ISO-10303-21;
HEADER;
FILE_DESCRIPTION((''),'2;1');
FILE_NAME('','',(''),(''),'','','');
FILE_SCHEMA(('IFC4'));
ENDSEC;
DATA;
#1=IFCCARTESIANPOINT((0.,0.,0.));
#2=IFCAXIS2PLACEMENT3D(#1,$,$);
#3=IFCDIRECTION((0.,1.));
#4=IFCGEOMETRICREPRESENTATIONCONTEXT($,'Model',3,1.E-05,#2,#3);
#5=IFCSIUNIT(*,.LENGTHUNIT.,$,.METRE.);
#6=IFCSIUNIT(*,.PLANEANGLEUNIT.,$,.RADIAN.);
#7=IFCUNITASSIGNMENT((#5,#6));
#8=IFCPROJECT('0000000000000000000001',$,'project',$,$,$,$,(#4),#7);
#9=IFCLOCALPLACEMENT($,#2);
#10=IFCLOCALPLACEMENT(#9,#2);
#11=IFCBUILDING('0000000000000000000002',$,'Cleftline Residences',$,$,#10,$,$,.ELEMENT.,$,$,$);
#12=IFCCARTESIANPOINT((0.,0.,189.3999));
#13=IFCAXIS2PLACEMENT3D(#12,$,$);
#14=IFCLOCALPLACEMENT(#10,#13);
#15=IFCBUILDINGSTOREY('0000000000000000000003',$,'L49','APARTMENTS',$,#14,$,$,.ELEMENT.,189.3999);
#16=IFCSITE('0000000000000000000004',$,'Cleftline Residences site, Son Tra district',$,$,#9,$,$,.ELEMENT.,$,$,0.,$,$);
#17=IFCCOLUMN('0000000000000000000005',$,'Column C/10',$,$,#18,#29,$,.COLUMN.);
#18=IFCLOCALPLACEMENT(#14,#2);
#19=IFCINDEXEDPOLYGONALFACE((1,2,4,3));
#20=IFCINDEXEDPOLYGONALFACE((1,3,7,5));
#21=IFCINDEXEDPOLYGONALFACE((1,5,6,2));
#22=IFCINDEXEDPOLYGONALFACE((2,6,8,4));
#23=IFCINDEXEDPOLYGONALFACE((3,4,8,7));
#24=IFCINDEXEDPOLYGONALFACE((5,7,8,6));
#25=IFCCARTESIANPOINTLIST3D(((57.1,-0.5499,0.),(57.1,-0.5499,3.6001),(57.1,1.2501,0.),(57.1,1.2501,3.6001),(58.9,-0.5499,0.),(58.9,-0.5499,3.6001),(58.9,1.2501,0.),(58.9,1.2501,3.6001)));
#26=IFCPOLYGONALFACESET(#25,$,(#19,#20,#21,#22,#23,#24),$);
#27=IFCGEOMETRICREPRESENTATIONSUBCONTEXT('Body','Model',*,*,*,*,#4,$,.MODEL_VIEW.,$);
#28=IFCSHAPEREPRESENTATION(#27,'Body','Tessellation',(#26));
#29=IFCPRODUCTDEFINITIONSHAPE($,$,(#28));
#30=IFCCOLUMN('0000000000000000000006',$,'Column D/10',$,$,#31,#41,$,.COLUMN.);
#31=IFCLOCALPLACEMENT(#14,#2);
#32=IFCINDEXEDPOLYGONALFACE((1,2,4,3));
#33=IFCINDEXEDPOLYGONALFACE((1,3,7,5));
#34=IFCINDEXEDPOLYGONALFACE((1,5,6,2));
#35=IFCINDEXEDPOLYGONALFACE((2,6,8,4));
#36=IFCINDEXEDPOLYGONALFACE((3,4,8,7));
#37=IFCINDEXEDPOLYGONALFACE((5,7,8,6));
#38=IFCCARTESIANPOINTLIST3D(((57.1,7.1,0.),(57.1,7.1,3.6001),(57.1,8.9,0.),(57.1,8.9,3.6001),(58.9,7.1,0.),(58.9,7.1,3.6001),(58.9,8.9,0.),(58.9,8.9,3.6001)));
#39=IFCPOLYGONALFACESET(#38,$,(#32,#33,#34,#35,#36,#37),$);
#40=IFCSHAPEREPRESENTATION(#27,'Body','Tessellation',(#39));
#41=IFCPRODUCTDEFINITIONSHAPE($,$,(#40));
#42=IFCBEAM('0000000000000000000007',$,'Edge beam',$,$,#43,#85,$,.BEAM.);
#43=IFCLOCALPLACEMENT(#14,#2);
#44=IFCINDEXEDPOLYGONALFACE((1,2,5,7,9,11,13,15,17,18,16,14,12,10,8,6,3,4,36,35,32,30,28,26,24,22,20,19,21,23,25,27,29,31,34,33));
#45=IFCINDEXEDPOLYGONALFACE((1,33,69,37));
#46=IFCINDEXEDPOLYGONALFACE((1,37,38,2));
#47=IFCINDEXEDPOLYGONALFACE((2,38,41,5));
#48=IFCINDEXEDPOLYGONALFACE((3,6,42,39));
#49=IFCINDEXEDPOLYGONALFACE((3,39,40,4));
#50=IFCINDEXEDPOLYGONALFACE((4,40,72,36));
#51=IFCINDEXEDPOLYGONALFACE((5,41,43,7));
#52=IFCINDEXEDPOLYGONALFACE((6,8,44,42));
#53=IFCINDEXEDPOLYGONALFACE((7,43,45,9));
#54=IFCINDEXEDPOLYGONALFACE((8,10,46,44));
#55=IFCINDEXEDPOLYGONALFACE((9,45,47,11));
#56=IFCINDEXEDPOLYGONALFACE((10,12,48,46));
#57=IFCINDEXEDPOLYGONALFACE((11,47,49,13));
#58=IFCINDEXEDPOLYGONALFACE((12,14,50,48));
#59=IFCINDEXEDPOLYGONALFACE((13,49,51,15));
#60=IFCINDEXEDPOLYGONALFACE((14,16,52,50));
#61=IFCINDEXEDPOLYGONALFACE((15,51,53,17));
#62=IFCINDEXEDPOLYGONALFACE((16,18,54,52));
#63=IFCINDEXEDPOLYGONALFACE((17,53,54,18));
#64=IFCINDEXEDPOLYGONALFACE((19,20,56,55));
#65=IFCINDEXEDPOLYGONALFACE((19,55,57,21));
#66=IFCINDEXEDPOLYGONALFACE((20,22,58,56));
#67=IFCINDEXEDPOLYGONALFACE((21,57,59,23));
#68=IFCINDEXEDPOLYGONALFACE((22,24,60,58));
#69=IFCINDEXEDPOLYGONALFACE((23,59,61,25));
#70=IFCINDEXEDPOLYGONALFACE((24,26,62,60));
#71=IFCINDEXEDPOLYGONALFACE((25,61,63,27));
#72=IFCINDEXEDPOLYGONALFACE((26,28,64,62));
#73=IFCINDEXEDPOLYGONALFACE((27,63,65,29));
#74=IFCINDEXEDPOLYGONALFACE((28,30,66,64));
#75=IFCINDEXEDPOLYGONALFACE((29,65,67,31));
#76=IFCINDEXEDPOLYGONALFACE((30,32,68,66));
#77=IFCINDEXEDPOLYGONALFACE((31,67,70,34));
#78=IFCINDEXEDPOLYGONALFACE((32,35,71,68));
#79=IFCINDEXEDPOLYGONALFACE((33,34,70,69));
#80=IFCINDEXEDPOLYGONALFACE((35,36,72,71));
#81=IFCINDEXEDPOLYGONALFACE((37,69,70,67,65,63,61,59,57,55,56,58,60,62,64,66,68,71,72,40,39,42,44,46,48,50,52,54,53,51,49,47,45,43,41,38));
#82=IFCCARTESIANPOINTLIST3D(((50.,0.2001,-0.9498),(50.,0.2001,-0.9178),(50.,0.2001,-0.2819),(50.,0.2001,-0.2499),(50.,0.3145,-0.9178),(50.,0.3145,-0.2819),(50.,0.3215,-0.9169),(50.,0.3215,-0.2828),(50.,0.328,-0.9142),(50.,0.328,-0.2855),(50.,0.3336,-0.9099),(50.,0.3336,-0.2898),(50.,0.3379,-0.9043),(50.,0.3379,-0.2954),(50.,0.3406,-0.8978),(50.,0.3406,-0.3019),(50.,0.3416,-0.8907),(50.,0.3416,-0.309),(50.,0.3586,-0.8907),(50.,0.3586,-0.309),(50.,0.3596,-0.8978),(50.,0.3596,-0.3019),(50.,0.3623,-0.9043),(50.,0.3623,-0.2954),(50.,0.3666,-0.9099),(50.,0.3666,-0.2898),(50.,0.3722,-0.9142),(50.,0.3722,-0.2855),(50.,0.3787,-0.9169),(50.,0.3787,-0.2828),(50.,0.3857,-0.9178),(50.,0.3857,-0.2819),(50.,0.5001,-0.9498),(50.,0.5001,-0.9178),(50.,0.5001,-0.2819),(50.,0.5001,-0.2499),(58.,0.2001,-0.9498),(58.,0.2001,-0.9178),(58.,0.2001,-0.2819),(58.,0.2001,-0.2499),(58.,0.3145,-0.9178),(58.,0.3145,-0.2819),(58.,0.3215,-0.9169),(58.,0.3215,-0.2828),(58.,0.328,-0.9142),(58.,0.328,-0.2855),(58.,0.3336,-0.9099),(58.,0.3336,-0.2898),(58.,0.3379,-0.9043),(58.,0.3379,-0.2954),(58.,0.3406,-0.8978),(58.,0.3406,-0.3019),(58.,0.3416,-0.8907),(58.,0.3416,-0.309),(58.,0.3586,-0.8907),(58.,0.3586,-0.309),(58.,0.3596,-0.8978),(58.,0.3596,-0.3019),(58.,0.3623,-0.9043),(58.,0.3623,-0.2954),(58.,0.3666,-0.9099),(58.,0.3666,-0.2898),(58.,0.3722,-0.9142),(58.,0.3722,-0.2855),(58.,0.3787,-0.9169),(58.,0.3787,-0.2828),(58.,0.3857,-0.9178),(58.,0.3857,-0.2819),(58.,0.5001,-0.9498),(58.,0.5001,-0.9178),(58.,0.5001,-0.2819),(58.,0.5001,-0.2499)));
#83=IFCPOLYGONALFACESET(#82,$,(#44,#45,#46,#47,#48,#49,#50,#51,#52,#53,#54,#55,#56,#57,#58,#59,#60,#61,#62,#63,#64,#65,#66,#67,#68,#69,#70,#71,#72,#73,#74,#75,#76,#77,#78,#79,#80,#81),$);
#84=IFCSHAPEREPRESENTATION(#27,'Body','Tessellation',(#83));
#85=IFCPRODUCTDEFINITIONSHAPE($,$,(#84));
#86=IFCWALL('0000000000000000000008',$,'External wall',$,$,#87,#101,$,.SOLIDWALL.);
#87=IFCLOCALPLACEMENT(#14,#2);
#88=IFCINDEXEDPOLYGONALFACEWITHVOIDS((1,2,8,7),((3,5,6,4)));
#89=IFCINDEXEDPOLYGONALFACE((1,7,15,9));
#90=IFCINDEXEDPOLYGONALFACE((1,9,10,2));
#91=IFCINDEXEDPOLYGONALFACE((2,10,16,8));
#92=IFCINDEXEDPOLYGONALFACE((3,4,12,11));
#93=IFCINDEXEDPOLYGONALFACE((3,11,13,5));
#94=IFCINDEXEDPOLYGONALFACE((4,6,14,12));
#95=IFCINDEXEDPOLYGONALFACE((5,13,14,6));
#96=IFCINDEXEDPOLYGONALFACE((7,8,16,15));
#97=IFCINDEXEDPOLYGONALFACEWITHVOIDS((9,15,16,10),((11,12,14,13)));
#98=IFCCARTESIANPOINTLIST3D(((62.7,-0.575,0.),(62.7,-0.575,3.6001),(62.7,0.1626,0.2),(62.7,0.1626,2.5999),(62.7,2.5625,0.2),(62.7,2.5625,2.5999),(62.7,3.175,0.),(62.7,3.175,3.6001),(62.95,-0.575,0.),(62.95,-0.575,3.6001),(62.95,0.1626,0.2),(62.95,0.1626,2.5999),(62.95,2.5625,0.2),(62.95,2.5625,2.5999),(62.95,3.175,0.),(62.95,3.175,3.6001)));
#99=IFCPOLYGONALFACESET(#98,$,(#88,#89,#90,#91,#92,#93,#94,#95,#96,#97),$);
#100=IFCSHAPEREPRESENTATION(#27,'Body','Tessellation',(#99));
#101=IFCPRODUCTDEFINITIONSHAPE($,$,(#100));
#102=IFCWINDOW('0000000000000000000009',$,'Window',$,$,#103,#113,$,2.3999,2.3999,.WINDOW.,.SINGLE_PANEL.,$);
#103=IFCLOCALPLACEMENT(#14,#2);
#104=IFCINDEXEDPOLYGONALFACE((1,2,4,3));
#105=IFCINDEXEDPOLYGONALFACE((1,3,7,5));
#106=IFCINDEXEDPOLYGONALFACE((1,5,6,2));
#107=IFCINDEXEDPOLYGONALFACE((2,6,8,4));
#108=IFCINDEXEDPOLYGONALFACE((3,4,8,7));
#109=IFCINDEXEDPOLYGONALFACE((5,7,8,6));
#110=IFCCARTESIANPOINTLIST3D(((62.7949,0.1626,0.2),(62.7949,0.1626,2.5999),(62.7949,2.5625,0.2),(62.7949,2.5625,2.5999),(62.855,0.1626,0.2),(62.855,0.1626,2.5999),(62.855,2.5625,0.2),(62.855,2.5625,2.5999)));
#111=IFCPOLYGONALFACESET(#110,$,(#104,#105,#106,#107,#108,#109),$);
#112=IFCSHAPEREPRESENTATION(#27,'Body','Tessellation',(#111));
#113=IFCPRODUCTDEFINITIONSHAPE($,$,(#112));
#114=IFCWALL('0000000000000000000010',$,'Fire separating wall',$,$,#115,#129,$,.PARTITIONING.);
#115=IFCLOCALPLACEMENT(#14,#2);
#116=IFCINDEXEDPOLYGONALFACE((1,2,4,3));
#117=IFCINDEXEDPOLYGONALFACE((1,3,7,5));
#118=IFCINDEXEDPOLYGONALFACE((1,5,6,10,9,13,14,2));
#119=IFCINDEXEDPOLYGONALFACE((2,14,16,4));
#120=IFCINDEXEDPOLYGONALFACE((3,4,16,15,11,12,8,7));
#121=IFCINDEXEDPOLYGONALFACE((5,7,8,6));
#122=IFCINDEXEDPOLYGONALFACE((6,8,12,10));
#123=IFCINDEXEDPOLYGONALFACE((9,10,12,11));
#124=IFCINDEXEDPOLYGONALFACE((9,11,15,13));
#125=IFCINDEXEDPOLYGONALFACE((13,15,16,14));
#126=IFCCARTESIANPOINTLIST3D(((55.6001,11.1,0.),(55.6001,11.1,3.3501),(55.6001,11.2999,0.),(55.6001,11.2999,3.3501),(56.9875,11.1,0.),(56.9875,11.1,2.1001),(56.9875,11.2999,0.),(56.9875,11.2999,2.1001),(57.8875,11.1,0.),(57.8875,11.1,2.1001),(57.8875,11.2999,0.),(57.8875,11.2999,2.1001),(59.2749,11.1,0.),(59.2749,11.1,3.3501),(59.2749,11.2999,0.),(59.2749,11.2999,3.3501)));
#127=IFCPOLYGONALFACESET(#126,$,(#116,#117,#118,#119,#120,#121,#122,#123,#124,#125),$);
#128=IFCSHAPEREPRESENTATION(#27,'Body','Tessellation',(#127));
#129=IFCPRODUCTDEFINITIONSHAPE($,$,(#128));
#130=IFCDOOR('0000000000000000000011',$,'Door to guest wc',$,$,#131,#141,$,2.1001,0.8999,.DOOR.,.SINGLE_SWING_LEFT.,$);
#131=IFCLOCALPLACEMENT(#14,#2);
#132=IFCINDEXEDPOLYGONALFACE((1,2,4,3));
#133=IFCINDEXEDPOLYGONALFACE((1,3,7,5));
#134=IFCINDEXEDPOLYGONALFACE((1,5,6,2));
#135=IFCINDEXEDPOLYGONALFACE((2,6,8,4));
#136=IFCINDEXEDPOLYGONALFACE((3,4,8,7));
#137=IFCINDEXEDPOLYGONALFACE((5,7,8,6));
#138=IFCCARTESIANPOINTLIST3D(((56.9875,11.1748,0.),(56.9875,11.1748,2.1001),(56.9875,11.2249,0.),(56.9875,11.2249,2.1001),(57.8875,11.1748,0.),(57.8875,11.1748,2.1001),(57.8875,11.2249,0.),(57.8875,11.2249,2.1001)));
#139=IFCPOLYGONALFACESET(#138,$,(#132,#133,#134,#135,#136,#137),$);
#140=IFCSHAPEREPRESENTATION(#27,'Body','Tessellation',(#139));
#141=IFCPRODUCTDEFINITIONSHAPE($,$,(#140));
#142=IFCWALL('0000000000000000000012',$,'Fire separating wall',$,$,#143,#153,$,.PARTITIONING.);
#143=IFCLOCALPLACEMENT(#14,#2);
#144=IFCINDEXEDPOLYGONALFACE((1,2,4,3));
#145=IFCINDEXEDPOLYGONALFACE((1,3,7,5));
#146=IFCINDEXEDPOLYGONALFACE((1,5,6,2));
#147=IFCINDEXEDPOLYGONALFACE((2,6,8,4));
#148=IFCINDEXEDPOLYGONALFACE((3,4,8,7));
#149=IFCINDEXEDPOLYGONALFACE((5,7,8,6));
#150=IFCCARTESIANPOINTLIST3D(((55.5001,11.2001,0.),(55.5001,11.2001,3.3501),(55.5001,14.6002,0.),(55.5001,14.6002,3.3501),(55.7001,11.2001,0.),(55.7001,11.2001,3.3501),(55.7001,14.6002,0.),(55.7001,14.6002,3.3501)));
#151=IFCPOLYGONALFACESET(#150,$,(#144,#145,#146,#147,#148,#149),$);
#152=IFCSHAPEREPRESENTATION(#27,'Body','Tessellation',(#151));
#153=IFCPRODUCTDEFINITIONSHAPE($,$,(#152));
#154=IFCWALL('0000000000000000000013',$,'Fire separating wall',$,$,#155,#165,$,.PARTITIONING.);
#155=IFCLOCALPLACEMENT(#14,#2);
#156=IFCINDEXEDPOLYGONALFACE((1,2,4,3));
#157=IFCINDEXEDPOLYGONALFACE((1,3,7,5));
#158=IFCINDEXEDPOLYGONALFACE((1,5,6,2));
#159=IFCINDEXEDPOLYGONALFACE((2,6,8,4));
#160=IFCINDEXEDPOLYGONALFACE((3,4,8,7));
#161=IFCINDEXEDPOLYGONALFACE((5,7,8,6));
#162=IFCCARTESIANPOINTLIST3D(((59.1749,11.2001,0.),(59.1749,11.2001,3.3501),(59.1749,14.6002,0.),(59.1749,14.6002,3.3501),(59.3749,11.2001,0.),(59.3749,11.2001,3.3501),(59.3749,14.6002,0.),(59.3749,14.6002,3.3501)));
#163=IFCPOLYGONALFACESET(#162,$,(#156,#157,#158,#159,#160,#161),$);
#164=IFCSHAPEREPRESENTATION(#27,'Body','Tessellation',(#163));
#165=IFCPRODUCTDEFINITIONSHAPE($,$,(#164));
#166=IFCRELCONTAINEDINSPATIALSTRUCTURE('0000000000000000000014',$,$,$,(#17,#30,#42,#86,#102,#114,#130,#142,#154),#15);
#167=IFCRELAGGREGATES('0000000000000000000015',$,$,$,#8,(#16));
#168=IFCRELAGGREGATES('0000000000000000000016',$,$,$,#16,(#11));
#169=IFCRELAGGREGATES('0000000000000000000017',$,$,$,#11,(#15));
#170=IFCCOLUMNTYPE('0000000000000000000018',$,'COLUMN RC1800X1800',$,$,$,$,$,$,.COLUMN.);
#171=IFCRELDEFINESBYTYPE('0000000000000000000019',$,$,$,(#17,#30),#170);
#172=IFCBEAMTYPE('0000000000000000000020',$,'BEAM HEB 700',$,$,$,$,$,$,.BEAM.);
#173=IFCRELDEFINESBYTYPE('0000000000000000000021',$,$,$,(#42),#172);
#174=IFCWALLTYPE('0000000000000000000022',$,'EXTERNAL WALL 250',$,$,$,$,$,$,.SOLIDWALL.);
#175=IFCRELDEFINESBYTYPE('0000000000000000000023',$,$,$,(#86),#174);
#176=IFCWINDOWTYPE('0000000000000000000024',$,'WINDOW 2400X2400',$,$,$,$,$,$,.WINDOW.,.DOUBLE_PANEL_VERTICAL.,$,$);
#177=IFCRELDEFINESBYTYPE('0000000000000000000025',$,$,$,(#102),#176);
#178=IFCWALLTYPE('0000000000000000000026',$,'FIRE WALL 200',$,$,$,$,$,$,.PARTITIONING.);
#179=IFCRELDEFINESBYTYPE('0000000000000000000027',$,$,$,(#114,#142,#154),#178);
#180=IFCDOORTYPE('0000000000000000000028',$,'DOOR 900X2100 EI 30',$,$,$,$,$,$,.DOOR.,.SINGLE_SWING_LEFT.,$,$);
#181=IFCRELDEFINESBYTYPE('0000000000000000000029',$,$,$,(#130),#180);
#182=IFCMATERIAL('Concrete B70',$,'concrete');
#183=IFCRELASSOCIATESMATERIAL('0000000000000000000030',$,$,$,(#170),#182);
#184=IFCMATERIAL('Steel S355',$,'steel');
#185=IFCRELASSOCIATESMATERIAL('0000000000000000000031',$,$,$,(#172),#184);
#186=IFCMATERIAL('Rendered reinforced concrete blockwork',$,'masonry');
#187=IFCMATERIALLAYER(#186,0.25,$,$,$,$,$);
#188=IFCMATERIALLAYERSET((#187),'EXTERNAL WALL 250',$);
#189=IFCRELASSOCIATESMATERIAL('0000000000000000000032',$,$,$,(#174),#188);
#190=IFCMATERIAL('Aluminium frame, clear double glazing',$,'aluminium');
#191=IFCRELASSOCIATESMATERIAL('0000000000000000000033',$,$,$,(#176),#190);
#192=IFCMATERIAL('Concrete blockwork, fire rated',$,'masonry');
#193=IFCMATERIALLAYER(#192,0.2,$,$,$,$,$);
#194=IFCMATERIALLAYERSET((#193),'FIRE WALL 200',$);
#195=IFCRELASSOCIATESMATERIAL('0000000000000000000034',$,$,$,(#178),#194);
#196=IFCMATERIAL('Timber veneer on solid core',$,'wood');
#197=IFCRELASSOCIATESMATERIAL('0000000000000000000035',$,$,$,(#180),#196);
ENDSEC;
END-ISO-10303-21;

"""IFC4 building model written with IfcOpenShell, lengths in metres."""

from ifc_helpers import new_model, si_unit, direction, frame, frame_2d, origin, origin_2d, place, context, subcontext, project, spatial, rectangle, i_section, extrude, material, layer, layer_set, material_profile, profile_set, type_object, element, fill, save


model = new_model("IFC4")

# Units and contexts
model_context = context("Model", 3, precision=1e-05, world=origin(), true_north=direction((0.0, 1.0)))
body_context = subcontext(model_context, "Body", "Model", "MODEL_VIEW")
ifc_project = project(units=[si_unit("LENGTHUNIT", "METRE"), si_unit("PLANEANGLEUNIT", "RADIAN")], contexts=[model_context])

# Site, building, storey
site_placement = place(None, origin())
site = spatial("IfcSite", under=ifc_project, at=site_placement, Name="Cleftline Residences site, Son Tra district", CompositionType="ELEMENT", RefElevation=0.0)
building_placement = place(site_placement, origin())
building = spatial("IfcBuilding", under=site, at=building_placement, Name="Cleftline Residences", CompositionType="ELEMENT")
storey_placement = place(building_placement, frame((0.0, 0.0, 189.3999)))
storey = spatial("IfcBuildingStorey", under=building, at=storey_placement, Name="L49", Description="APARTMENTS", CompositionType="ELEMENT", Elevation=189.3999)

# Columns
ifc_material_1 = material(Name="Concrete B70", Category="concrete")
ifc_material_profile_1 = material_profile(ifc_material_1, rectangle(XDim=1.8, YDim=1.8, at=origin_2d()))
ifc_profile_set_1 = profile_set([ifc_material_profile_1], Name="Concrete B70")
column_type = type_object("IfcColumnType", Name="COLUMN RC1800X1800", PredefinedType="COLUMN", material=ifc_profile_set_1)
for number, where, z_axis, x_axis, name in (
    (1, (58.0, 0.3501, 0.0), (0.0, 0.0, 1.0), (1.0, 0.0, 0.0), "Column C/10"),
    (2, (58.0, 8.0, 0.0), (0.0, 0.0, 1.0), (1.0, 0.0, 0.0), "Column D/10"),
):
    element("IfcColumn", number, at=place(storey_placement, frame(where, z_axis=z_axis, x_axis=x_axis)), inside=storey, type_object=column_type, Name=name, PredefinedType="COLUMN", context=body_context, shape_type="SweptSolid", body=[
        extrude(rectangle(XDim=1.8, YDim=1.8, at=origin_2d()), origin(), (0.0, 0.0, 1.0), 3.6001),
    ])

# Beam
ifc_material_2 = material(Name="Steel S355", Category="steel")
ifc_material_profile_2 = material_profile(ifc_material_2, i_section(OverallWidth=0.3, OverallDepth=0.7, WebThickness=0.0171, FlangeThickness=0.032, FilletRadius=0.0271, at=origin_2d()))
ifc_profile_set_2 = profile_set([ifc_material_profile_2], Name="Steel S355")
beam_type = type_object("IfcBeamType", Name="BEAM HEB 700", PredefinedType="BEAM", material=ifc_profile_set_2)
beam_placement = place(storey_placement, frame((58.0, 0.3501, -0.5999), z_axis=(-1.0, 0.0, 0.0), x_axis=(0.0, -1.0, 0.0)))
element("IfcBeam", 3, at=beam_placement, inside=storey, type_object=beam_type, Name="Edge beam", PredefinedType="BEAM", context=body_context, shape_type="SweptSolid", body=[
    extrude(i_section(OverallWidth=0.3, OverallDepth=0.7, WebThickness=0.0171, FlangeThickness=0.032, FilletRadius=0.0271, at=origin_2d()), origin(), (0.0, 0.0, 1.0), 8.0),
])

# Wall, opening, window
ifc_material_3 = material(Name="Rendered reinforced concrete blockwork", Category="masonry")
ifc_layer_1 = layer(ifc_material_3, 0.25)
ifc_layer_set_1 = layer_set([ifc_layer_1], Name="EXTERNAL WALL 250")
wall_type_1 = type_object("IfcWallType", Name="EXTERNAL WALL 250", PredefinedType="SOLIDWALL", material=ifc_layer_set_1)
wall_1_placement = place(storey_placement, frame((62.825, -0.575, 0.0), z_axis=(0.0, 0.0, 1.0), x_axis=(0.0, 1.0, 0.0)))
wall_1 = element("IfcWall", 4, at=wall_1_placement, inside=storey, type_object=wall_type_1, Name="External wall", PredefinedType="SOLIDWALL", context=body_context, shape_type="SweptSolid", body=[
    extrude(rectangle(XDim=3.75, YDim=0.25, at=frame_2d((1.875, 0.0))), origin(), (0.0, 0.0, 1.0), 3.6001),
])
opening_1_placement = place(wall_1_placement, frame((0.7375, 0.0, 0.2)))
opening_1 = element("IfcOpeningElement", 5, at=opening_1_placement, cuts=wall_1, PredefinedType="OPENING", context=body_context, shape_type="SweptSolid", body=[
    extrude(rectangle(XDim=2.3999, YDim=2.3999, at=frame_2d((1.2, 1.2))), frame((0.0, 0.135, 0.0), z_axis=(0.0, -1.0, 0.0), x_axis=(1.0, 0.0, 0.0)), (0.0, 0.0, 1.0), 0.27),
])
ifc_material_4 = material(Name="Aluminium frame, clear double glazing", Category="aluminium")
window_type = type_object("IfcWindowType", Name="WINDOW 2400X2400", PartitioningType="DOUBLE_PANEL_VERTICAL", PredefinedType="WINDOW", material=ifc_material_4)
window_placement = place(opening_1_placement, origin())
window = element("IfcWindow", 6, at=window_placement, inside=storey, type_object=window_type, Name="Window", OverallHeight=2.3999, OverallWidth=2.3999, PartitioningType="SINGLE_PANEL", PredefinedType="WINDOW", context=body_context, shape_type="SweptSolid", body=[
    extrude(rectangle(XDim=2.3999, YDim=2.3999, at=frame_2d((1.2, 1.2))), frame((0.0, 0.03, 0.0), z_axis=(0.0, -1.0, 0.0), x_axis=(1.0, 0.0, 0.0)), (0.0, 0.0, 1.0), 0.0601),
])
fill(opening_1, window)

# Wall, opening, door
ifc_material_5 = material(Name="Concrete blockwork, fire rated", Category="masonry")
ifc_layer_2 = layer(ifc_material_5, 0.2)
ifc_layer_set_2 = layer_set([ifc_layer_2], Name="FIRE WALL 200")
wall_type_2 = type_object("IfcWallType", Name="FIRE WALL 200", PredefinedType="PARTITIONING", material=ifc_layer_set_2)
wall_2_placement = place(storey_placement, frame((55.6001, 11.2, 0.0), z_axis=(0.0, 0.0, 1.0), x_axis=(1.0, 0.0, 0.0)))
wall_2 = element("IfcWall", 7, at=wall_2_placement, inside=storey, type_object=wall_type_2, Name="Fire separating wall", PredefinedType="PARTITIONING", context=body_context, shape_type="SweptSolid", body=[
    extrude(rectangle(XDim=3.6748, YDim=0.2, at=frame_2d((1.8374, 0.0))), origin(), (0.0, 0.0, 1.0), 3.3501),
])
opening_2_placement = place(wall_2_placement, frame((1.3875, 0.0, 0.0)))
opening_2 = element("IfcOpeningElement", 8, at=opening_2_placement, cuts=wall_2, PredefinedType="OPENING", context=body_context, shape_type="SweptSolid", body=[
    extrude(rectangle(XDim=0.8999, YDim=2.1001, at=frame_2d((0.45, 1.05))), frame((0.0, 0.1099, 0.0), z_axis=(0.0, -1.0, 0.0), x_axis=(1.0, 0.0, 0.0)), (0.0, 0.0, 1.0), 0.22),
])
ifc_material_6 = material(Name="Timber veneer on solid core", Category="wood")
door_type_1 = type_object("IfcDoorType", Name="DOOR 900X2100 EI 30", OperationType="SINGLE_SWING_LEFT", PredefinedType="DOOR", material=ifc_material_6)
door_1_placement = place(opening_2_placement, origin())
door_1 = element("IfcDoor", 9, at=door_1_placement, inside=storey, type_object=door_type_1, Name="Door to guest wc", OperationType="SINGLE_SWING_LEFT", OverallHeight=2.1001, OverallWidth=0.8999, PredefinedType="DOOR", context=body_context, shape_type="SweptSolid", body=[
    extrude(rectangle(XDim=0.8999, YDim=2.1001, at=frame_2d((0.45, 1.05))), frame((0.0, 0.0249, 0.0), z_axis=(0.0, -1.0, 0.0), x_axis=(1.0, 0.0, 0.0)), (0.0, 0.0, 1.0), 0.05),
])
fill(opening_2, door_1)

# Walls
for number, where, z_axis, x_axis, name in (
    (10, (55.6001, 11.2, 0.0), (0.0, 0.0, 1.0), (0.0, 1.0, 0.0), "Fire separating wall"),
    (11, (59.2749, 11.2, 0.0), (0.0, 0.0, 1.0), (0.0, 1.0, 0.0), "Fire separating wall"),
):
    element("IfcWall", number, at=place(storey_placement, frame(where, z_axis=z_axis, x_axis=x_axis)), inside=storey, type_object=wall_type_2, Name=name, PredefinedType="PARTITIONING", context=body_context, shape_type="SweptSolid", body=[
        extrude(rectangle(XDim=3.4001, YDim=0.2, at=frame_2d((1.7002, 0.0))), origin(), (0.0, 0.0, 1.0), 3.3501),
    ])

save(model, "model.ifc")
